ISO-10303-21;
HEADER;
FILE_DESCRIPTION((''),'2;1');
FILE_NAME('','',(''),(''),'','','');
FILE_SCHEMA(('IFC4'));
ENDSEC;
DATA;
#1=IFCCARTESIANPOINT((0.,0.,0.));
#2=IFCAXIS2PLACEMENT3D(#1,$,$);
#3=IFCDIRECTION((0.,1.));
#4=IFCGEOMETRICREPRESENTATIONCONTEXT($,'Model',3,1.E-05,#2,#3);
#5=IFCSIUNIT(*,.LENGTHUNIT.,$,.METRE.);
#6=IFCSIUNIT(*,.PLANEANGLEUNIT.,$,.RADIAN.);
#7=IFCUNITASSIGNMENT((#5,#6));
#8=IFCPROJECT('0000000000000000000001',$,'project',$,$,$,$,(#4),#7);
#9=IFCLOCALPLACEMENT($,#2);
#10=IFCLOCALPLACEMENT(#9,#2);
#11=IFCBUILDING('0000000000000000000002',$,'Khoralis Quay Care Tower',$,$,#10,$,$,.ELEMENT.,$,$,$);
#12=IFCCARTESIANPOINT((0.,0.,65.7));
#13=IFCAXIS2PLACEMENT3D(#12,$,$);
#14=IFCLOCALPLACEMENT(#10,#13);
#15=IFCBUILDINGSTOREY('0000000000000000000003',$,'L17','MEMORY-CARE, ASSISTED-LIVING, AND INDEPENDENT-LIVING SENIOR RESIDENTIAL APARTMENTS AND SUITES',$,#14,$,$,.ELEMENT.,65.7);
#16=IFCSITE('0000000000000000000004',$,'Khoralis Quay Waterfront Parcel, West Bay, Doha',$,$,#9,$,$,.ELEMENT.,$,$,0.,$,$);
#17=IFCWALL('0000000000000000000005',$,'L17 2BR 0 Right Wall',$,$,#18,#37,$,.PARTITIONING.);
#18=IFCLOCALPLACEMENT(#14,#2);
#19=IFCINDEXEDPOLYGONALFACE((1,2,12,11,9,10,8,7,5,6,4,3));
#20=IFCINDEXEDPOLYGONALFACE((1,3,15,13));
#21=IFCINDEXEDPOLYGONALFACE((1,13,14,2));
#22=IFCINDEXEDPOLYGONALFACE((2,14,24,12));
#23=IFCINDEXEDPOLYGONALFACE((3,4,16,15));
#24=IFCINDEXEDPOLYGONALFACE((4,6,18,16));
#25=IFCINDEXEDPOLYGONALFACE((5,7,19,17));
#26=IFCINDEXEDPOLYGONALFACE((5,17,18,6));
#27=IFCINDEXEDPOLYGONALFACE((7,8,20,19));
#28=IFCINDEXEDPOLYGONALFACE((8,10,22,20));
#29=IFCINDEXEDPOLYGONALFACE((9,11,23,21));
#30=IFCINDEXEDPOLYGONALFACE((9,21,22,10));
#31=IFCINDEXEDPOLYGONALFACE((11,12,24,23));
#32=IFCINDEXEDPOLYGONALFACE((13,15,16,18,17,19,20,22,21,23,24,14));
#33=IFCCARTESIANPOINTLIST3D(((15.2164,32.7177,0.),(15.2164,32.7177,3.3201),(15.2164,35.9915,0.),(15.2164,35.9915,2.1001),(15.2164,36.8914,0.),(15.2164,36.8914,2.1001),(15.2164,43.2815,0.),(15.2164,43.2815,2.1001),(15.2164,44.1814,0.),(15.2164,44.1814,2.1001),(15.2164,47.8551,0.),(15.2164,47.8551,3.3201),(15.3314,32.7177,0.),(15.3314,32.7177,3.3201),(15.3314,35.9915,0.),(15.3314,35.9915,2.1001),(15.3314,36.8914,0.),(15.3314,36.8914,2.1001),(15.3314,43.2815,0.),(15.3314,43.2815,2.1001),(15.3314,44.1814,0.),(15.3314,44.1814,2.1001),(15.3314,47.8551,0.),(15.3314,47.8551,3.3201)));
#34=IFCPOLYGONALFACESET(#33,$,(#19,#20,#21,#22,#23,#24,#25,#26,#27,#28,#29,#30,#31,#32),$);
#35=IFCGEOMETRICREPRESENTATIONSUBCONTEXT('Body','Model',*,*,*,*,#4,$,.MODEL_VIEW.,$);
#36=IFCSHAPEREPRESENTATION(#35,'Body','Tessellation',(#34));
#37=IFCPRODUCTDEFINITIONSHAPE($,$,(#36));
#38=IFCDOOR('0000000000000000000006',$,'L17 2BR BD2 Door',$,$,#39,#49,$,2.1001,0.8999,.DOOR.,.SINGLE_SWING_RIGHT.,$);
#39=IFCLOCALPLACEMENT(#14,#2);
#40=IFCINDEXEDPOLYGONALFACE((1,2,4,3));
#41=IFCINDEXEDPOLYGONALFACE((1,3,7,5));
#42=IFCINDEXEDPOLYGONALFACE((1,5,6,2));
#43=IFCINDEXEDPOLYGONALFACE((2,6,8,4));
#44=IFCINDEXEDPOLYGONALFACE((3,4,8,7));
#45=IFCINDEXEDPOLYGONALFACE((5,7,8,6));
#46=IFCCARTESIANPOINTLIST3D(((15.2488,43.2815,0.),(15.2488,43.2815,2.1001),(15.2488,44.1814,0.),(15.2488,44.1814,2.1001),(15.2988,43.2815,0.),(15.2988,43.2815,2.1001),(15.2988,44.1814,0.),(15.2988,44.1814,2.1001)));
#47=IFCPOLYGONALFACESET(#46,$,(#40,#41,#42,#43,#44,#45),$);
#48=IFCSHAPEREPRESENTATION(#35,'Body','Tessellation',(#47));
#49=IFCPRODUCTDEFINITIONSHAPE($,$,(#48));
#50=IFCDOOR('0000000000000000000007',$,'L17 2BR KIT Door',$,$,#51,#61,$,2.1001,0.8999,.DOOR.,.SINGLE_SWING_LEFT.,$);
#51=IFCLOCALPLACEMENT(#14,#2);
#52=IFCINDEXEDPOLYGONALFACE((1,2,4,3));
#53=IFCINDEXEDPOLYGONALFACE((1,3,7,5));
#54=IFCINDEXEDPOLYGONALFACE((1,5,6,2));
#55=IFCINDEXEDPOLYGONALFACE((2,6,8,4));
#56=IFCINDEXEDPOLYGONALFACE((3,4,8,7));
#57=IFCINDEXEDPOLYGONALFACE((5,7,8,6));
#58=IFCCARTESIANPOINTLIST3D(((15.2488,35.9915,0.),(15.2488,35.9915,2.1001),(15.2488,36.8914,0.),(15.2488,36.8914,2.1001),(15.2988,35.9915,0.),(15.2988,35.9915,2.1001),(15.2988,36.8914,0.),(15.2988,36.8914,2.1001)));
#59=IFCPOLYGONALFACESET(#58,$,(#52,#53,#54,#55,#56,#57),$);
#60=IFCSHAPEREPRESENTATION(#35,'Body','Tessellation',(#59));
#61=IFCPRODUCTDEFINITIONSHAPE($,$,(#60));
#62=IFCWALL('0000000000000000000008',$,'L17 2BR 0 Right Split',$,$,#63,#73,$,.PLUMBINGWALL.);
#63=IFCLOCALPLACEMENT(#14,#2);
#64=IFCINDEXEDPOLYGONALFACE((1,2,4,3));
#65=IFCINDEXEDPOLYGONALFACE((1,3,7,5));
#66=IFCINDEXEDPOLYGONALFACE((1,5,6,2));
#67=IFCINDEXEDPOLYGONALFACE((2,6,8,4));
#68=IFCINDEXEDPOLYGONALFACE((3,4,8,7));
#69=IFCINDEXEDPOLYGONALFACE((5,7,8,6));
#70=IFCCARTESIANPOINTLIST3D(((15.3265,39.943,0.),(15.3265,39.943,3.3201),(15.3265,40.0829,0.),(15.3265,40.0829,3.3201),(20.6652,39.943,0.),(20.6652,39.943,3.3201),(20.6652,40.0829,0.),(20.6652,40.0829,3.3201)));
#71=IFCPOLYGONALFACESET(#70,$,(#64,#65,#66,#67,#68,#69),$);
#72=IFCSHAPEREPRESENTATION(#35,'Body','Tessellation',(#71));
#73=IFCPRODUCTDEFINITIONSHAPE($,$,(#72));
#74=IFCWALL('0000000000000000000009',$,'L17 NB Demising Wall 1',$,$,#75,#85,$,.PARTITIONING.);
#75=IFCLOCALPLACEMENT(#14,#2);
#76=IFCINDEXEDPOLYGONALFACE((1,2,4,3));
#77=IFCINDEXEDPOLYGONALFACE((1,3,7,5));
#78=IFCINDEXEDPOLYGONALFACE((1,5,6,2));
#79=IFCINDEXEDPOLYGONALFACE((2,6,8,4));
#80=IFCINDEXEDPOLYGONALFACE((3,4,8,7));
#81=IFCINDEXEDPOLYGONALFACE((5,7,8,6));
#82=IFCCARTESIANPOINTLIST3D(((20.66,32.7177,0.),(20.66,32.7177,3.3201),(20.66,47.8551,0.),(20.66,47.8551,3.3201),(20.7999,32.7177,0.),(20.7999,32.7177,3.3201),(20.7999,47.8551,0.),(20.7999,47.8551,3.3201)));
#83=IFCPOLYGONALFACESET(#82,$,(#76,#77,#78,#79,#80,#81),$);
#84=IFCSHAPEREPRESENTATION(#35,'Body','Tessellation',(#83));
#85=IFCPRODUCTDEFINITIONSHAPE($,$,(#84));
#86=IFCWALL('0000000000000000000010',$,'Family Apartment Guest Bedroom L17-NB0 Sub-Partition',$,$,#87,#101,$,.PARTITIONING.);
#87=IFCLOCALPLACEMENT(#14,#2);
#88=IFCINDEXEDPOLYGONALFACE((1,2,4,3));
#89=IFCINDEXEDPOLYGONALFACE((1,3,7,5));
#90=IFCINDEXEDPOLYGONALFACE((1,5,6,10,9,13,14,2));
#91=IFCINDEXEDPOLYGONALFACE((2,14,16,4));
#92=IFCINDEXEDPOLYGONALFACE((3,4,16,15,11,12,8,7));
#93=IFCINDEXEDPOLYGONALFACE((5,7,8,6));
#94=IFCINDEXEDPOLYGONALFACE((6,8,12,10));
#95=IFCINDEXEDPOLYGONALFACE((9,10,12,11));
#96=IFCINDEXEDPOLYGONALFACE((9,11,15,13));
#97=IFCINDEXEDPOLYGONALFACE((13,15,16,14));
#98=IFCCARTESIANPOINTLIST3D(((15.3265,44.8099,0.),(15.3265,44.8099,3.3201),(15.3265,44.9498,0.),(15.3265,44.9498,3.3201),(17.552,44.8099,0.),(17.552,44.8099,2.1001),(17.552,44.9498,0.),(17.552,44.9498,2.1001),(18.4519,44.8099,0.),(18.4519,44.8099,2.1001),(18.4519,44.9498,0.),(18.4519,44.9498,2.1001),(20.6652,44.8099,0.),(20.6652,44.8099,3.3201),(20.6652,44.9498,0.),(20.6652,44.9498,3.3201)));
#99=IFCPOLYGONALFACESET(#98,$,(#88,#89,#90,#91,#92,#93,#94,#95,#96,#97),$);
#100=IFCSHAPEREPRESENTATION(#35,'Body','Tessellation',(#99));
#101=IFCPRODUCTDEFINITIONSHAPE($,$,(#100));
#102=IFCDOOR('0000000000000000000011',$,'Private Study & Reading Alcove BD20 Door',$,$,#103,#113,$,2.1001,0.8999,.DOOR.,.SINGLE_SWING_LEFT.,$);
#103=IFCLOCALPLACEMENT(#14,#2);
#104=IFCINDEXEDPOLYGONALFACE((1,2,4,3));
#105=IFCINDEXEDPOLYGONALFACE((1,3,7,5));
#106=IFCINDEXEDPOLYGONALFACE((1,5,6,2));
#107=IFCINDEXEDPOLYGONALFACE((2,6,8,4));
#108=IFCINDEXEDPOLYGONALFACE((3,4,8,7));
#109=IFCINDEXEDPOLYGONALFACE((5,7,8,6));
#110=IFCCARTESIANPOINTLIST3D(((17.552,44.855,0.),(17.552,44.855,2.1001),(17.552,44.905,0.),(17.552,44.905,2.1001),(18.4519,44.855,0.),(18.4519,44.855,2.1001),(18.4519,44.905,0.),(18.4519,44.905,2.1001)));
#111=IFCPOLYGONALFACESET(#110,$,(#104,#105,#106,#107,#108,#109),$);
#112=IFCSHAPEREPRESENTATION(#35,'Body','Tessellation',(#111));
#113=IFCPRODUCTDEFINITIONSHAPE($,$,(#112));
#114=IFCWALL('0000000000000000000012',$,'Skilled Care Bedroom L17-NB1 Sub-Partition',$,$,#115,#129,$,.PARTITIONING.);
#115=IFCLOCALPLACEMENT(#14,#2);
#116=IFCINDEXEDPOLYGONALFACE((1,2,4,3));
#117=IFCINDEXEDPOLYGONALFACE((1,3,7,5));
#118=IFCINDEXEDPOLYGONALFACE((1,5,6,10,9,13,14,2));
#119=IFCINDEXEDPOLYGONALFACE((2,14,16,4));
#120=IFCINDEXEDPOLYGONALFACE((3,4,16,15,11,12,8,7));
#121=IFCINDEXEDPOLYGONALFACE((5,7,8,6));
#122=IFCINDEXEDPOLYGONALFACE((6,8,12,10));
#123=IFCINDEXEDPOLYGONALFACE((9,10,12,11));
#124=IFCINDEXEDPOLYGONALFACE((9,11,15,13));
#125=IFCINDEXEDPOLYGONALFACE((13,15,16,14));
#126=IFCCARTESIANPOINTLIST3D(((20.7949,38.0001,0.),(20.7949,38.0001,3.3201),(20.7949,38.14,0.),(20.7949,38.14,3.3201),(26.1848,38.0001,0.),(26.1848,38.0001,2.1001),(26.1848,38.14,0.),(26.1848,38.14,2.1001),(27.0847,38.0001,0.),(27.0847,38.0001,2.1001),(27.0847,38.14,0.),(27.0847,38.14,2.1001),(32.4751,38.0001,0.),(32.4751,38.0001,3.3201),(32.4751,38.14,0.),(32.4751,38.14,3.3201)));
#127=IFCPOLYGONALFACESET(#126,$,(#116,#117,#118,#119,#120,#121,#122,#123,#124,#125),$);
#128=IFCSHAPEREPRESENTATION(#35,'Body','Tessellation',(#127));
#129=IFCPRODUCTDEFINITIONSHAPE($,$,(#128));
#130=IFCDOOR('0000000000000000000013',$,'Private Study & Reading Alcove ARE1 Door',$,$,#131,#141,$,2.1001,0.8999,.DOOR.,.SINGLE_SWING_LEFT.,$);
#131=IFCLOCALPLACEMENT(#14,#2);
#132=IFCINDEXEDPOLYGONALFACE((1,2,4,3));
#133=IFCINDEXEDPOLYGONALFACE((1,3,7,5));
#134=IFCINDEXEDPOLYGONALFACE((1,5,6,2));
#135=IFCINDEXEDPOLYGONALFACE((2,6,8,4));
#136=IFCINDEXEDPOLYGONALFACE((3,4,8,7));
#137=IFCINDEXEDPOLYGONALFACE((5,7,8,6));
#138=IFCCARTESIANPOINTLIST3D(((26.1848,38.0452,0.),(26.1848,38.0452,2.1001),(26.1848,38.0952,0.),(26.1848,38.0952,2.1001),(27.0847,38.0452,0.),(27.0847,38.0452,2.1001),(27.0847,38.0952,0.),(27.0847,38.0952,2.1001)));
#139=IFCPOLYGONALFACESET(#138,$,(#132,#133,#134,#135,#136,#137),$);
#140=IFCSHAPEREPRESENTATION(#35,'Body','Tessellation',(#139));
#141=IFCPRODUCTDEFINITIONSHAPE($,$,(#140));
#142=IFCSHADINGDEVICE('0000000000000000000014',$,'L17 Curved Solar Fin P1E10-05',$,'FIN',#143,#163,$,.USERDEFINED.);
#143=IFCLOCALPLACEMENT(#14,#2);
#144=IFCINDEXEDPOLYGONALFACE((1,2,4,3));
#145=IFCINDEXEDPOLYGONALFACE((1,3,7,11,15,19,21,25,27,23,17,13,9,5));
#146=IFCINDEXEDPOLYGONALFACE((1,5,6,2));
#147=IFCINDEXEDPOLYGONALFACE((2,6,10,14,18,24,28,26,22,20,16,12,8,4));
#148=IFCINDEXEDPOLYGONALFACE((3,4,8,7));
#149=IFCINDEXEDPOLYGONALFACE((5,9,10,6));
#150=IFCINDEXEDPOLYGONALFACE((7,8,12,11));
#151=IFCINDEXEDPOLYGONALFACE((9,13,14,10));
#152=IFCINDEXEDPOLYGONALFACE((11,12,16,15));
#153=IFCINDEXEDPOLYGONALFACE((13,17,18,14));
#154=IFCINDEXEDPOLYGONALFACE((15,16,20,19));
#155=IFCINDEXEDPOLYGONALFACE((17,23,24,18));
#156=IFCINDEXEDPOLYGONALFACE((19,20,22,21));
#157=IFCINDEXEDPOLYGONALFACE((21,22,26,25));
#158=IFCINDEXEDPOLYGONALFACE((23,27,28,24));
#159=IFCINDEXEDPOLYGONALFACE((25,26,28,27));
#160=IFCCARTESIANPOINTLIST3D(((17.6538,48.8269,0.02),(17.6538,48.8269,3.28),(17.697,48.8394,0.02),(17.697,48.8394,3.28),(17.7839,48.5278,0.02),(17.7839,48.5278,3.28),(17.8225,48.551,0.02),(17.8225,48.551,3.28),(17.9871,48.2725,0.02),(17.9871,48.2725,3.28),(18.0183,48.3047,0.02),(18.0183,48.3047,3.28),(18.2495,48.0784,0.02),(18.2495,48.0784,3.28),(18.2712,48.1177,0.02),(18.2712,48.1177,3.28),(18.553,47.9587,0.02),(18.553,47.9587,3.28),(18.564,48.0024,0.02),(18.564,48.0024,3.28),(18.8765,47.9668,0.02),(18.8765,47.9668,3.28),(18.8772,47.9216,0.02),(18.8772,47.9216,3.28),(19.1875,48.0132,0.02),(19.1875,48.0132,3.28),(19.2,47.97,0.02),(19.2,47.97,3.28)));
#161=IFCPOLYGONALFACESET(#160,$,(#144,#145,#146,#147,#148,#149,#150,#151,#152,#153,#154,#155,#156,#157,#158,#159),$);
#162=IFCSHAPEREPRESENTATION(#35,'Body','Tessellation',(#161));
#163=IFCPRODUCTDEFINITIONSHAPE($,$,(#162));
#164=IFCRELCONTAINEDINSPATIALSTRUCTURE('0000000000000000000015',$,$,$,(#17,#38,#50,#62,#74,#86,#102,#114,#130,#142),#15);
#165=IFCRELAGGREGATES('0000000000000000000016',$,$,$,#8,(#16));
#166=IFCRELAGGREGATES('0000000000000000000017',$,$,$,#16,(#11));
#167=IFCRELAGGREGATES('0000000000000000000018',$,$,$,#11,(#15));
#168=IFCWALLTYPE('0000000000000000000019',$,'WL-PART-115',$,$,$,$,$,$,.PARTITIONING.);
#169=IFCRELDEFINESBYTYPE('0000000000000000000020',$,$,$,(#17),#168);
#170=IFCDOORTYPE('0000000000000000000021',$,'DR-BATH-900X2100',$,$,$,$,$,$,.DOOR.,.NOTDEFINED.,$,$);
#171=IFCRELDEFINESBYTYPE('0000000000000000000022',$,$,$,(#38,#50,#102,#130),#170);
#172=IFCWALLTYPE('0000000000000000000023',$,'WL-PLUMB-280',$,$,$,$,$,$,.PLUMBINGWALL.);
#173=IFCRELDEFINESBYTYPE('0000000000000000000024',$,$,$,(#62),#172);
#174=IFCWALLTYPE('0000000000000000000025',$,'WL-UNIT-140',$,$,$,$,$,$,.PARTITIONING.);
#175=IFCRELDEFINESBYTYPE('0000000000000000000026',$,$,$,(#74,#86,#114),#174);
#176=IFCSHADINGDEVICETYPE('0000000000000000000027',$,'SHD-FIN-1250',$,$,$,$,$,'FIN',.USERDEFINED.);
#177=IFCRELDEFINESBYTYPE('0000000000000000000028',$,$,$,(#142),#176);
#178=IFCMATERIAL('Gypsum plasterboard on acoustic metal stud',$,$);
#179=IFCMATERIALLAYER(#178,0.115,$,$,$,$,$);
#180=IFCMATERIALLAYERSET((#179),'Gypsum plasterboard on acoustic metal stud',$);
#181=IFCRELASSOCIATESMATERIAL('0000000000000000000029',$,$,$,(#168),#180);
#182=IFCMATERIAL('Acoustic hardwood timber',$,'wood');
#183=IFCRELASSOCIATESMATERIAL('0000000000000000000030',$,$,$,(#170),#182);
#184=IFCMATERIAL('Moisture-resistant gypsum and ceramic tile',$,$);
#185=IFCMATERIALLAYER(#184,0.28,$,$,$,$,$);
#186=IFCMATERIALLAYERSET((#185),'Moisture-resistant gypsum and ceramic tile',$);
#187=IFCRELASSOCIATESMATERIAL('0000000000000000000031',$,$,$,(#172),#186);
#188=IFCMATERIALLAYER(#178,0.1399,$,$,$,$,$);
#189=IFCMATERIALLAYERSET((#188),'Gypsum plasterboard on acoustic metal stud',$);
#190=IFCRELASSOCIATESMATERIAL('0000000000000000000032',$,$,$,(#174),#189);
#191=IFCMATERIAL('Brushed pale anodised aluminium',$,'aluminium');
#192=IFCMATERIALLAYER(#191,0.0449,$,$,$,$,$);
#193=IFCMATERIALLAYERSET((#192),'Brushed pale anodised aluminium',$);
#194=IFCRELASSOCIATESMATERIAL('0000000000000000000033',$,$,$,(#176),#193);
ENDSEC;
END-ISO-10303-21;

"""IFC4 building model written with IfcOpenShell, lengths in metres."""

from ifc_helpers import new_model, si_unit, direction, frame, frame_2d, origin, place, context, subcontext, project, spatial, polyline, rectangle, outline, extrude, source, transform, mapped, material, layer, layer_set, type_object, element, fill, save


model = new_model("IFC4")

# Units and contexts
model_context = context("Model", 3, precision=1e-05, world=origin(), true_north=direction((0.0, 1.0)))
body_context = subcontext(model_context, "Body", "Model", "MODEL_VIEW")
ifc_project = project(units=[si_unit("LENGTHUNIT", "METRE"), si_unit("PLANEANGLEUNIT", "RADIAN")], contexts=[model_context])

# Site, building, storey
site_placement = place(None, origin())
site = spatial("IfcSite", under=ifc_project, at=site_placement, Name="Khoralis Quay Waterfront Parcel, West Bay, Doha", CompositionType="ELEMENT", RefElevation=0.0)
building_placement = place(site_placement, origin())
building = spatial("IfcBuilding", under=site, at=building_placement, Name="Khoralis Quay Care Tower", CompositionType="ELEMENT")
storey_placement = place(building_placement, frame((0.0, 0.0, 65.7)))
storey = spatial("IfcBuildingStorey", under=building, at=storey_placement, Name="L17", Description="MEMORY-CARE, ASSISTED-LIVING, AND INDEPENDENT-LIVING SENIOR RESIDENTIAL APARTMENTS AND SUITES", CompositionType="ELEMENT", Elevation=65.7)

# Wall, openings, doors
ifc_material_1 = material(Name="Gypsum plasterboard on acoustic metal stud")
ifc_layer_1 = layer(ifc_material_1, 0.115)
ifc_layer_set_1 = layer_set([ifc_layer_1], Name="Gypsum plasterboard on acoustic metal stud")
wall_type_1 = type_object("IfcWallType", Name="WL-PART-115", PredefinedType="PARTITIONING", material=ifc_layer_set_1)
wall_1_placement = place(storey_placement, frame((15.2739, 32.7175, 0.0), z_axis=(0.0, 0.0, 1.0), x_axis=(0.0, 1.0, 0.0)))
wall_1 = element("IfcWall", 1, at=wall_1_placement, inside=storey, type_object=wall_type_1, Name="L17 2BR 0 Right Wall", PredefinedType="PARTITIONING", context=body_context, shape_type="SweptSolid", body=[
    extrude(rectangle(XDim=15.1375, YDim=0.115, at=frame_2d((7.5688, 0.0))), origin(), (0.0, 0.0, 1.0), 3.3201),
])
opening_1_placement = place(wall_1_placement, frame((10.564, 0.0, 0.0)))
opening_1 = element("IfcOpeningElement", 2, at=opening_1_placement, cuts=wall_1, PredefinedType="OPENING", context=body_context, shape_type="SweptSolid", body=[
    extrude(rectangle(XDim=0.8999, YDim=2.1001, at=frame_2d((0.45, 1.05))), frame((0.0, 0.0674, 0.0), z_axis=(0.0, -1.0, 0.0), x_axis=(1.0, 0.0, 0.0)), (0.0, 0.0, 1.0), 0.135),
])
opening_2_placement = place(wall_1_placement, frame((3.2739, 0.0, 0.0)))
opening_2 = element("IfcOpeningElement", 3, at=opening_2_placement, cuts=wall_1, PredefinedType="OPENING", context=body_context, shape_type="SweptSolid", body=[
    extrude(rectangle(XDim=0.8999, YDim=2.1001, at=frame_2d((0.45, 1.05))), frame((0.0, 0.0674, 0.0), z_axis=(0.0, -1.0, 0.0), x_axis=(1.0, 0.0, 0.0)), (0.0, 0.0, 1.0), 0.135),
])
ifc_material_2 = material(Name="Acoustic hardwood timber", Category="wood")
door_type = type_object("IfcDoorType", Name="DR-BATH-900X2100", OperationType="NOTDEFINED", PredefinedType="DOOR", material=ifc_material_2)
shared_shape_1 = source(origin(), body_context, "Body", "SweptSolid", [
    extrude(rectangle(XDim=0.8999, YDim=2.1001, at=frame_2d((0.45, 1.05))), frame((0.0, 0.0249, 0.0), z_axis=(0.0, -1.0, 0.0), x_axis=(1.0, 0.0, 0.0)), (0.0, 0.0, 1.0), 0.05),
])
door_1_placement = place(opening_1_placement, frame((0.8999, 0.0, 0.0), z_axis=(0.0, 0.0, 1.0), x_axis=(-1.0, 0.0, 0.0)))
door_1 = element("IfcDoor", 4, at=door_1_placement, inside=storey, type_object=door_type, Name="L17 2BR BD2 Door", OperationType="SINGLE_SWING_RIGHT", OverallHeight=2.1001, OverallWidth=0.8999, PredefinedType="DOOR", context=body_context, shape_type="MappedRepresentation", body=[
    mapped(shared_shape_1, transform((0.0, 0.0, 0.0), scale=1.0)),
])
fill(opening_1, door_1)
door_2_placement = place(opening_2_placement, frame((0.8999, 0.0, 0.0), z_axis=(0.0, 0.0, 1.0), x_axis=(-1.0, 0.0, 0.0)))
door_2 = element("IfcDoor", 5, at=door_2_placement, inside=storey, type_object=door_type, Name="L17 2BR KIT Door", OperationType="SINGLE_SWING_LEFT", OverallHeight=2.1001, OverallWidth=0.8999, PredefinedType="DOOR", context=body_context, shape_type="MappedRepresentation", body=[
    mapped(shared_shape_1, transform((0.0, 0.0, 0.0), scale=1.0)),
])
fill(opening_2, door_2)

# Walls
ifc_material_3 = material(Name="Moisture-resistant gypsum and ceramic tile")
ifc_layer_2 = layer(ifc_material_3, 0.28)
ifc_layer_set_2 = layer_set([ifc_layer_2], Name="Moisture-resistant gypsum and ceramic tile")
wall_type_2 = type_object("IfcWallType", Name="WL-PLUMB-280", PredefinedType="PLUMBINGWALL", material=ifc_layer_set_2)
wall_2_placement = place(storey_placement, frame((15.3264, 40.0129, 0.0), z_axis=(0.0, 0.0, 1.0), x_axis=(1.0, 0.0, 0.0)))
element("IfcWall", 6, at=wall_2_placement, inside=storey, type_object=wall_type_2, Name="L17 2BR 0 Right Split", PredefinedType="PLUMBINGWALL", context=body_context, shape_type="SweptSolid", body=[
    extrude(rectangle(XDim=5.3386, YDim=0.1399, at=frame_2d((2.6694, 0.0))), origin(), (0.0, 0.0, 1.0), 3.3201),
])
ifc_layer_3 = layer(ifc_material_1, 0.1399)
ifc_layer_set_3 = layer_set([ifc_layer_3], Name="Gypsum plasterboard on acoustic metal stud")
wall_type_3 = type_object("IfcWallType", Name="WL-UNIT-140", PredefinedType="PARTITIONING", material=ifc_layer_set_3)
wall_3_placement = place(storey_placement, frame((20.73, 32.7175, 0.0), z_axis=(0.0, 0.0, 1.0), x_axis=(0.0, 1.0, 0.0)))
element("IfcWall", 7, at=wall_3_placement, inside=storey, type_object=wall_type_3, Name="L17 NB Demising Wall 1", PredefinedType="PARTITIONING", context=body_context, shape_type="SweptSolid", body=[
    extrude(rectangle(XDim=15.1375, YDim=0.1399, at=frame_2d((7.5688, 0.0))), origin(), (0.0, 0.0, 1.0), 3.3201),
])

# Walls, openings, doors
wall_4_placement = place(storey_placement, frame((15.3264, 44.8799, 0.0), z_axis=(0.0, 0.0, 1.0), x_axis=(1.0, 0.0, 0.0)))
wall_4 = element("IfcWall", 8, at=wall_4_placement, inside=storey, type_object=wall_type_3, Name="Family Apartment Guest Bedroom L17-NB0 Sub-Partition", PredefinedType="PARTITIONING", context=body_context, shape_type="SweptSolid", body=[
    extrude(rectangle(XDim=5.3386, YDim=0.1399, at=frame_2d((2.6694, 0.0))), origin(), (0.0, 0.0, 1.0), 3.3201),
])
opening_3_placement = place(wall_4_placement, frame((2.2256, 0.0, 0.0)))
opening_3 = element("IfcOpeningElement", 9, at=opening_3_placement, cuts=wall_4, PredefinedType="OPENING", context=body_context, shape_type="SweptSolid", body=[
    extrude(rectangle(XDim=0.8999, YDim=2.1001, at=frame_2d((0.45, 1.05))), frame((0.0, 0.0801, 0.0), z_axis=(0.0, -1.0, 0.0), x_axis=(1.0, 0.0, 0.0)), (0.0, 0.0, 1.0), 0.1599),
])
door_3_placement = place(opening_3_placement, frame((0.8999, 0.0, 0.0), z_axis=(0.0, 0.0, 1.0), x_axis=(-1.0, 0.0, 0.0)))
door_3 = element("IfcDoor", 10, at=door_3_placement, inside=storey, type_object=door_type, Name="Private Study & Reading Alcove BD20 Door", OperationType="SINGLE_SWING_LEFT", OverallHeight=2.1001, OverallWidth=0.8999, PredefinedType="DOOR", context=body_context, shape_type="MappedRepresentation", body=[
    mapped(shared_shape_1, transform((0.0, 0.0, 0.0), scale=1.0)),
])
fill(opening_3, door_3)
wall_5_placement = place(storey_placement, frame((20.7949, 38.0701, 0.0), z_axis=(0.0, 0.0, 1.0), x_axis=(1.0, 0.0, 0.0)))
wall_5 = element("IfcWall", 11, at=wall_5_placement, inside=storey, type_object=wall_type_3, Name="Skilled Care Bedroom L17-NB1 Sub-Partition", PredefinedType="PARTITIONING", context=body_context, shape_type="SweptSolid", body=[
    extrude(rectangle(XDim=11.6802, YDim=0.1399, at=frame_2d((5.8401, 0.0))), origin(), (0.0, 0.0, 1.0), 3.3201),
])
opening_4_placement = place(wall_5_placement, frame((5.3899, 0.0, 0.0)))
opening_4 = element("IfcOpeningElement", 12, at=opening_4_placement, cuts=wall_5, PredefinedType="OPENING", context=body_context, shape_type="SweptSolid", body=[
    extrude(rectangle(XDim=0.8999, YDim=2.1001, at=frame_2d((0.45, 1.05))), frame((0.0, 0.0801, 0.0), z_axis=(0.0, -1.0, 0.0), x_axis=(1.0, 0.0, 0.0)), (0.0, 0.0, 1.0), 0.1599),
])
door_4_placement = place(opening_4_placement, frame((0.8999, 0.0, 0.0), z_axis=(0.0, 0.0, 1.0), x_axis=(-1.0, 0.0, 0.0)))
door_4 = element("IfcDoor", 13, at=door_4_placement, inside=storey, type_object=door_type, Name="Private Study & Reading Alcove ARE1 Door", OperationType="SINGLE_SWING_LEFT", OverallHeight=2.1001, OverallWidth=0.8999, PredefinedType="DOOR", context=body_context, shape_type="MappedRepresentation", body=[
    mapped(shared_shape_1, transform((0.0, 0.0, 0.0), scale=1.0)),
])
fill(opening_4, door_4)

# Shading device
ifc_material_4 = material(Name="Brushed pale anodised aluminium", Category="aluminium")
ifc_layer_4 = layer(ifc_material_4, 0.0449)
ifc_layer_set_4 = layer_set([ifc_layer_4], Name="Brushed pale anodised aluminium")
shading_device_type = type_object("IfcShadingDeviceType", Name="SHD-FIN-1250", ElementType="FIN", PredefinedType="USERDEFINED", material=ifc_layer_set_4)
shared_shape_2 = source(origin(), body_context, "Body", "SweptSolid", [
    extrude(outline(polyline([(0.0, 0.0), (-0.0483, 0.3228), (-0.0112, 0.647), (0.1084, 0.9504), (0.3025, 1.2129), (0.5579, 1.416), (0.8569, 1.5461), (0.8694, 1.5029), (0.5811, 1.3774), (0.3347, 1.1816), (0.1477, 0.9287), (0.0325, 0.636), (-0.0032, 0.3235), (0.0432, 0.0125), (0.0, 0.0)])), origin(), (0.0, 0.0, 1.0), 3.26),
])
for number, where, z_axis, x_axis, name in (
    (14, (19.2, 47.97, 0.02), (0.0, 0.0, 1.0), (0.0, 1.0, 0.0), "L17 Curved Solar Fin P1E10-05"),
):
    element("IfcShadingDevice", number, at=place(storey_placement, frame(where, z_axis=z_axis, x_axis=x_axis)), inside=storey, type_object=shading_device_type, Name=name, ObjectType="FIN", PredefinedType="USERDEFINED", context=body_context, shape_type="MappedRepresentation", body=[
        mapped(shared_shape_2, transform((0.0, 0.0, 0.0), scale=1.0)),
    ])

save(model, "model.ifc")
